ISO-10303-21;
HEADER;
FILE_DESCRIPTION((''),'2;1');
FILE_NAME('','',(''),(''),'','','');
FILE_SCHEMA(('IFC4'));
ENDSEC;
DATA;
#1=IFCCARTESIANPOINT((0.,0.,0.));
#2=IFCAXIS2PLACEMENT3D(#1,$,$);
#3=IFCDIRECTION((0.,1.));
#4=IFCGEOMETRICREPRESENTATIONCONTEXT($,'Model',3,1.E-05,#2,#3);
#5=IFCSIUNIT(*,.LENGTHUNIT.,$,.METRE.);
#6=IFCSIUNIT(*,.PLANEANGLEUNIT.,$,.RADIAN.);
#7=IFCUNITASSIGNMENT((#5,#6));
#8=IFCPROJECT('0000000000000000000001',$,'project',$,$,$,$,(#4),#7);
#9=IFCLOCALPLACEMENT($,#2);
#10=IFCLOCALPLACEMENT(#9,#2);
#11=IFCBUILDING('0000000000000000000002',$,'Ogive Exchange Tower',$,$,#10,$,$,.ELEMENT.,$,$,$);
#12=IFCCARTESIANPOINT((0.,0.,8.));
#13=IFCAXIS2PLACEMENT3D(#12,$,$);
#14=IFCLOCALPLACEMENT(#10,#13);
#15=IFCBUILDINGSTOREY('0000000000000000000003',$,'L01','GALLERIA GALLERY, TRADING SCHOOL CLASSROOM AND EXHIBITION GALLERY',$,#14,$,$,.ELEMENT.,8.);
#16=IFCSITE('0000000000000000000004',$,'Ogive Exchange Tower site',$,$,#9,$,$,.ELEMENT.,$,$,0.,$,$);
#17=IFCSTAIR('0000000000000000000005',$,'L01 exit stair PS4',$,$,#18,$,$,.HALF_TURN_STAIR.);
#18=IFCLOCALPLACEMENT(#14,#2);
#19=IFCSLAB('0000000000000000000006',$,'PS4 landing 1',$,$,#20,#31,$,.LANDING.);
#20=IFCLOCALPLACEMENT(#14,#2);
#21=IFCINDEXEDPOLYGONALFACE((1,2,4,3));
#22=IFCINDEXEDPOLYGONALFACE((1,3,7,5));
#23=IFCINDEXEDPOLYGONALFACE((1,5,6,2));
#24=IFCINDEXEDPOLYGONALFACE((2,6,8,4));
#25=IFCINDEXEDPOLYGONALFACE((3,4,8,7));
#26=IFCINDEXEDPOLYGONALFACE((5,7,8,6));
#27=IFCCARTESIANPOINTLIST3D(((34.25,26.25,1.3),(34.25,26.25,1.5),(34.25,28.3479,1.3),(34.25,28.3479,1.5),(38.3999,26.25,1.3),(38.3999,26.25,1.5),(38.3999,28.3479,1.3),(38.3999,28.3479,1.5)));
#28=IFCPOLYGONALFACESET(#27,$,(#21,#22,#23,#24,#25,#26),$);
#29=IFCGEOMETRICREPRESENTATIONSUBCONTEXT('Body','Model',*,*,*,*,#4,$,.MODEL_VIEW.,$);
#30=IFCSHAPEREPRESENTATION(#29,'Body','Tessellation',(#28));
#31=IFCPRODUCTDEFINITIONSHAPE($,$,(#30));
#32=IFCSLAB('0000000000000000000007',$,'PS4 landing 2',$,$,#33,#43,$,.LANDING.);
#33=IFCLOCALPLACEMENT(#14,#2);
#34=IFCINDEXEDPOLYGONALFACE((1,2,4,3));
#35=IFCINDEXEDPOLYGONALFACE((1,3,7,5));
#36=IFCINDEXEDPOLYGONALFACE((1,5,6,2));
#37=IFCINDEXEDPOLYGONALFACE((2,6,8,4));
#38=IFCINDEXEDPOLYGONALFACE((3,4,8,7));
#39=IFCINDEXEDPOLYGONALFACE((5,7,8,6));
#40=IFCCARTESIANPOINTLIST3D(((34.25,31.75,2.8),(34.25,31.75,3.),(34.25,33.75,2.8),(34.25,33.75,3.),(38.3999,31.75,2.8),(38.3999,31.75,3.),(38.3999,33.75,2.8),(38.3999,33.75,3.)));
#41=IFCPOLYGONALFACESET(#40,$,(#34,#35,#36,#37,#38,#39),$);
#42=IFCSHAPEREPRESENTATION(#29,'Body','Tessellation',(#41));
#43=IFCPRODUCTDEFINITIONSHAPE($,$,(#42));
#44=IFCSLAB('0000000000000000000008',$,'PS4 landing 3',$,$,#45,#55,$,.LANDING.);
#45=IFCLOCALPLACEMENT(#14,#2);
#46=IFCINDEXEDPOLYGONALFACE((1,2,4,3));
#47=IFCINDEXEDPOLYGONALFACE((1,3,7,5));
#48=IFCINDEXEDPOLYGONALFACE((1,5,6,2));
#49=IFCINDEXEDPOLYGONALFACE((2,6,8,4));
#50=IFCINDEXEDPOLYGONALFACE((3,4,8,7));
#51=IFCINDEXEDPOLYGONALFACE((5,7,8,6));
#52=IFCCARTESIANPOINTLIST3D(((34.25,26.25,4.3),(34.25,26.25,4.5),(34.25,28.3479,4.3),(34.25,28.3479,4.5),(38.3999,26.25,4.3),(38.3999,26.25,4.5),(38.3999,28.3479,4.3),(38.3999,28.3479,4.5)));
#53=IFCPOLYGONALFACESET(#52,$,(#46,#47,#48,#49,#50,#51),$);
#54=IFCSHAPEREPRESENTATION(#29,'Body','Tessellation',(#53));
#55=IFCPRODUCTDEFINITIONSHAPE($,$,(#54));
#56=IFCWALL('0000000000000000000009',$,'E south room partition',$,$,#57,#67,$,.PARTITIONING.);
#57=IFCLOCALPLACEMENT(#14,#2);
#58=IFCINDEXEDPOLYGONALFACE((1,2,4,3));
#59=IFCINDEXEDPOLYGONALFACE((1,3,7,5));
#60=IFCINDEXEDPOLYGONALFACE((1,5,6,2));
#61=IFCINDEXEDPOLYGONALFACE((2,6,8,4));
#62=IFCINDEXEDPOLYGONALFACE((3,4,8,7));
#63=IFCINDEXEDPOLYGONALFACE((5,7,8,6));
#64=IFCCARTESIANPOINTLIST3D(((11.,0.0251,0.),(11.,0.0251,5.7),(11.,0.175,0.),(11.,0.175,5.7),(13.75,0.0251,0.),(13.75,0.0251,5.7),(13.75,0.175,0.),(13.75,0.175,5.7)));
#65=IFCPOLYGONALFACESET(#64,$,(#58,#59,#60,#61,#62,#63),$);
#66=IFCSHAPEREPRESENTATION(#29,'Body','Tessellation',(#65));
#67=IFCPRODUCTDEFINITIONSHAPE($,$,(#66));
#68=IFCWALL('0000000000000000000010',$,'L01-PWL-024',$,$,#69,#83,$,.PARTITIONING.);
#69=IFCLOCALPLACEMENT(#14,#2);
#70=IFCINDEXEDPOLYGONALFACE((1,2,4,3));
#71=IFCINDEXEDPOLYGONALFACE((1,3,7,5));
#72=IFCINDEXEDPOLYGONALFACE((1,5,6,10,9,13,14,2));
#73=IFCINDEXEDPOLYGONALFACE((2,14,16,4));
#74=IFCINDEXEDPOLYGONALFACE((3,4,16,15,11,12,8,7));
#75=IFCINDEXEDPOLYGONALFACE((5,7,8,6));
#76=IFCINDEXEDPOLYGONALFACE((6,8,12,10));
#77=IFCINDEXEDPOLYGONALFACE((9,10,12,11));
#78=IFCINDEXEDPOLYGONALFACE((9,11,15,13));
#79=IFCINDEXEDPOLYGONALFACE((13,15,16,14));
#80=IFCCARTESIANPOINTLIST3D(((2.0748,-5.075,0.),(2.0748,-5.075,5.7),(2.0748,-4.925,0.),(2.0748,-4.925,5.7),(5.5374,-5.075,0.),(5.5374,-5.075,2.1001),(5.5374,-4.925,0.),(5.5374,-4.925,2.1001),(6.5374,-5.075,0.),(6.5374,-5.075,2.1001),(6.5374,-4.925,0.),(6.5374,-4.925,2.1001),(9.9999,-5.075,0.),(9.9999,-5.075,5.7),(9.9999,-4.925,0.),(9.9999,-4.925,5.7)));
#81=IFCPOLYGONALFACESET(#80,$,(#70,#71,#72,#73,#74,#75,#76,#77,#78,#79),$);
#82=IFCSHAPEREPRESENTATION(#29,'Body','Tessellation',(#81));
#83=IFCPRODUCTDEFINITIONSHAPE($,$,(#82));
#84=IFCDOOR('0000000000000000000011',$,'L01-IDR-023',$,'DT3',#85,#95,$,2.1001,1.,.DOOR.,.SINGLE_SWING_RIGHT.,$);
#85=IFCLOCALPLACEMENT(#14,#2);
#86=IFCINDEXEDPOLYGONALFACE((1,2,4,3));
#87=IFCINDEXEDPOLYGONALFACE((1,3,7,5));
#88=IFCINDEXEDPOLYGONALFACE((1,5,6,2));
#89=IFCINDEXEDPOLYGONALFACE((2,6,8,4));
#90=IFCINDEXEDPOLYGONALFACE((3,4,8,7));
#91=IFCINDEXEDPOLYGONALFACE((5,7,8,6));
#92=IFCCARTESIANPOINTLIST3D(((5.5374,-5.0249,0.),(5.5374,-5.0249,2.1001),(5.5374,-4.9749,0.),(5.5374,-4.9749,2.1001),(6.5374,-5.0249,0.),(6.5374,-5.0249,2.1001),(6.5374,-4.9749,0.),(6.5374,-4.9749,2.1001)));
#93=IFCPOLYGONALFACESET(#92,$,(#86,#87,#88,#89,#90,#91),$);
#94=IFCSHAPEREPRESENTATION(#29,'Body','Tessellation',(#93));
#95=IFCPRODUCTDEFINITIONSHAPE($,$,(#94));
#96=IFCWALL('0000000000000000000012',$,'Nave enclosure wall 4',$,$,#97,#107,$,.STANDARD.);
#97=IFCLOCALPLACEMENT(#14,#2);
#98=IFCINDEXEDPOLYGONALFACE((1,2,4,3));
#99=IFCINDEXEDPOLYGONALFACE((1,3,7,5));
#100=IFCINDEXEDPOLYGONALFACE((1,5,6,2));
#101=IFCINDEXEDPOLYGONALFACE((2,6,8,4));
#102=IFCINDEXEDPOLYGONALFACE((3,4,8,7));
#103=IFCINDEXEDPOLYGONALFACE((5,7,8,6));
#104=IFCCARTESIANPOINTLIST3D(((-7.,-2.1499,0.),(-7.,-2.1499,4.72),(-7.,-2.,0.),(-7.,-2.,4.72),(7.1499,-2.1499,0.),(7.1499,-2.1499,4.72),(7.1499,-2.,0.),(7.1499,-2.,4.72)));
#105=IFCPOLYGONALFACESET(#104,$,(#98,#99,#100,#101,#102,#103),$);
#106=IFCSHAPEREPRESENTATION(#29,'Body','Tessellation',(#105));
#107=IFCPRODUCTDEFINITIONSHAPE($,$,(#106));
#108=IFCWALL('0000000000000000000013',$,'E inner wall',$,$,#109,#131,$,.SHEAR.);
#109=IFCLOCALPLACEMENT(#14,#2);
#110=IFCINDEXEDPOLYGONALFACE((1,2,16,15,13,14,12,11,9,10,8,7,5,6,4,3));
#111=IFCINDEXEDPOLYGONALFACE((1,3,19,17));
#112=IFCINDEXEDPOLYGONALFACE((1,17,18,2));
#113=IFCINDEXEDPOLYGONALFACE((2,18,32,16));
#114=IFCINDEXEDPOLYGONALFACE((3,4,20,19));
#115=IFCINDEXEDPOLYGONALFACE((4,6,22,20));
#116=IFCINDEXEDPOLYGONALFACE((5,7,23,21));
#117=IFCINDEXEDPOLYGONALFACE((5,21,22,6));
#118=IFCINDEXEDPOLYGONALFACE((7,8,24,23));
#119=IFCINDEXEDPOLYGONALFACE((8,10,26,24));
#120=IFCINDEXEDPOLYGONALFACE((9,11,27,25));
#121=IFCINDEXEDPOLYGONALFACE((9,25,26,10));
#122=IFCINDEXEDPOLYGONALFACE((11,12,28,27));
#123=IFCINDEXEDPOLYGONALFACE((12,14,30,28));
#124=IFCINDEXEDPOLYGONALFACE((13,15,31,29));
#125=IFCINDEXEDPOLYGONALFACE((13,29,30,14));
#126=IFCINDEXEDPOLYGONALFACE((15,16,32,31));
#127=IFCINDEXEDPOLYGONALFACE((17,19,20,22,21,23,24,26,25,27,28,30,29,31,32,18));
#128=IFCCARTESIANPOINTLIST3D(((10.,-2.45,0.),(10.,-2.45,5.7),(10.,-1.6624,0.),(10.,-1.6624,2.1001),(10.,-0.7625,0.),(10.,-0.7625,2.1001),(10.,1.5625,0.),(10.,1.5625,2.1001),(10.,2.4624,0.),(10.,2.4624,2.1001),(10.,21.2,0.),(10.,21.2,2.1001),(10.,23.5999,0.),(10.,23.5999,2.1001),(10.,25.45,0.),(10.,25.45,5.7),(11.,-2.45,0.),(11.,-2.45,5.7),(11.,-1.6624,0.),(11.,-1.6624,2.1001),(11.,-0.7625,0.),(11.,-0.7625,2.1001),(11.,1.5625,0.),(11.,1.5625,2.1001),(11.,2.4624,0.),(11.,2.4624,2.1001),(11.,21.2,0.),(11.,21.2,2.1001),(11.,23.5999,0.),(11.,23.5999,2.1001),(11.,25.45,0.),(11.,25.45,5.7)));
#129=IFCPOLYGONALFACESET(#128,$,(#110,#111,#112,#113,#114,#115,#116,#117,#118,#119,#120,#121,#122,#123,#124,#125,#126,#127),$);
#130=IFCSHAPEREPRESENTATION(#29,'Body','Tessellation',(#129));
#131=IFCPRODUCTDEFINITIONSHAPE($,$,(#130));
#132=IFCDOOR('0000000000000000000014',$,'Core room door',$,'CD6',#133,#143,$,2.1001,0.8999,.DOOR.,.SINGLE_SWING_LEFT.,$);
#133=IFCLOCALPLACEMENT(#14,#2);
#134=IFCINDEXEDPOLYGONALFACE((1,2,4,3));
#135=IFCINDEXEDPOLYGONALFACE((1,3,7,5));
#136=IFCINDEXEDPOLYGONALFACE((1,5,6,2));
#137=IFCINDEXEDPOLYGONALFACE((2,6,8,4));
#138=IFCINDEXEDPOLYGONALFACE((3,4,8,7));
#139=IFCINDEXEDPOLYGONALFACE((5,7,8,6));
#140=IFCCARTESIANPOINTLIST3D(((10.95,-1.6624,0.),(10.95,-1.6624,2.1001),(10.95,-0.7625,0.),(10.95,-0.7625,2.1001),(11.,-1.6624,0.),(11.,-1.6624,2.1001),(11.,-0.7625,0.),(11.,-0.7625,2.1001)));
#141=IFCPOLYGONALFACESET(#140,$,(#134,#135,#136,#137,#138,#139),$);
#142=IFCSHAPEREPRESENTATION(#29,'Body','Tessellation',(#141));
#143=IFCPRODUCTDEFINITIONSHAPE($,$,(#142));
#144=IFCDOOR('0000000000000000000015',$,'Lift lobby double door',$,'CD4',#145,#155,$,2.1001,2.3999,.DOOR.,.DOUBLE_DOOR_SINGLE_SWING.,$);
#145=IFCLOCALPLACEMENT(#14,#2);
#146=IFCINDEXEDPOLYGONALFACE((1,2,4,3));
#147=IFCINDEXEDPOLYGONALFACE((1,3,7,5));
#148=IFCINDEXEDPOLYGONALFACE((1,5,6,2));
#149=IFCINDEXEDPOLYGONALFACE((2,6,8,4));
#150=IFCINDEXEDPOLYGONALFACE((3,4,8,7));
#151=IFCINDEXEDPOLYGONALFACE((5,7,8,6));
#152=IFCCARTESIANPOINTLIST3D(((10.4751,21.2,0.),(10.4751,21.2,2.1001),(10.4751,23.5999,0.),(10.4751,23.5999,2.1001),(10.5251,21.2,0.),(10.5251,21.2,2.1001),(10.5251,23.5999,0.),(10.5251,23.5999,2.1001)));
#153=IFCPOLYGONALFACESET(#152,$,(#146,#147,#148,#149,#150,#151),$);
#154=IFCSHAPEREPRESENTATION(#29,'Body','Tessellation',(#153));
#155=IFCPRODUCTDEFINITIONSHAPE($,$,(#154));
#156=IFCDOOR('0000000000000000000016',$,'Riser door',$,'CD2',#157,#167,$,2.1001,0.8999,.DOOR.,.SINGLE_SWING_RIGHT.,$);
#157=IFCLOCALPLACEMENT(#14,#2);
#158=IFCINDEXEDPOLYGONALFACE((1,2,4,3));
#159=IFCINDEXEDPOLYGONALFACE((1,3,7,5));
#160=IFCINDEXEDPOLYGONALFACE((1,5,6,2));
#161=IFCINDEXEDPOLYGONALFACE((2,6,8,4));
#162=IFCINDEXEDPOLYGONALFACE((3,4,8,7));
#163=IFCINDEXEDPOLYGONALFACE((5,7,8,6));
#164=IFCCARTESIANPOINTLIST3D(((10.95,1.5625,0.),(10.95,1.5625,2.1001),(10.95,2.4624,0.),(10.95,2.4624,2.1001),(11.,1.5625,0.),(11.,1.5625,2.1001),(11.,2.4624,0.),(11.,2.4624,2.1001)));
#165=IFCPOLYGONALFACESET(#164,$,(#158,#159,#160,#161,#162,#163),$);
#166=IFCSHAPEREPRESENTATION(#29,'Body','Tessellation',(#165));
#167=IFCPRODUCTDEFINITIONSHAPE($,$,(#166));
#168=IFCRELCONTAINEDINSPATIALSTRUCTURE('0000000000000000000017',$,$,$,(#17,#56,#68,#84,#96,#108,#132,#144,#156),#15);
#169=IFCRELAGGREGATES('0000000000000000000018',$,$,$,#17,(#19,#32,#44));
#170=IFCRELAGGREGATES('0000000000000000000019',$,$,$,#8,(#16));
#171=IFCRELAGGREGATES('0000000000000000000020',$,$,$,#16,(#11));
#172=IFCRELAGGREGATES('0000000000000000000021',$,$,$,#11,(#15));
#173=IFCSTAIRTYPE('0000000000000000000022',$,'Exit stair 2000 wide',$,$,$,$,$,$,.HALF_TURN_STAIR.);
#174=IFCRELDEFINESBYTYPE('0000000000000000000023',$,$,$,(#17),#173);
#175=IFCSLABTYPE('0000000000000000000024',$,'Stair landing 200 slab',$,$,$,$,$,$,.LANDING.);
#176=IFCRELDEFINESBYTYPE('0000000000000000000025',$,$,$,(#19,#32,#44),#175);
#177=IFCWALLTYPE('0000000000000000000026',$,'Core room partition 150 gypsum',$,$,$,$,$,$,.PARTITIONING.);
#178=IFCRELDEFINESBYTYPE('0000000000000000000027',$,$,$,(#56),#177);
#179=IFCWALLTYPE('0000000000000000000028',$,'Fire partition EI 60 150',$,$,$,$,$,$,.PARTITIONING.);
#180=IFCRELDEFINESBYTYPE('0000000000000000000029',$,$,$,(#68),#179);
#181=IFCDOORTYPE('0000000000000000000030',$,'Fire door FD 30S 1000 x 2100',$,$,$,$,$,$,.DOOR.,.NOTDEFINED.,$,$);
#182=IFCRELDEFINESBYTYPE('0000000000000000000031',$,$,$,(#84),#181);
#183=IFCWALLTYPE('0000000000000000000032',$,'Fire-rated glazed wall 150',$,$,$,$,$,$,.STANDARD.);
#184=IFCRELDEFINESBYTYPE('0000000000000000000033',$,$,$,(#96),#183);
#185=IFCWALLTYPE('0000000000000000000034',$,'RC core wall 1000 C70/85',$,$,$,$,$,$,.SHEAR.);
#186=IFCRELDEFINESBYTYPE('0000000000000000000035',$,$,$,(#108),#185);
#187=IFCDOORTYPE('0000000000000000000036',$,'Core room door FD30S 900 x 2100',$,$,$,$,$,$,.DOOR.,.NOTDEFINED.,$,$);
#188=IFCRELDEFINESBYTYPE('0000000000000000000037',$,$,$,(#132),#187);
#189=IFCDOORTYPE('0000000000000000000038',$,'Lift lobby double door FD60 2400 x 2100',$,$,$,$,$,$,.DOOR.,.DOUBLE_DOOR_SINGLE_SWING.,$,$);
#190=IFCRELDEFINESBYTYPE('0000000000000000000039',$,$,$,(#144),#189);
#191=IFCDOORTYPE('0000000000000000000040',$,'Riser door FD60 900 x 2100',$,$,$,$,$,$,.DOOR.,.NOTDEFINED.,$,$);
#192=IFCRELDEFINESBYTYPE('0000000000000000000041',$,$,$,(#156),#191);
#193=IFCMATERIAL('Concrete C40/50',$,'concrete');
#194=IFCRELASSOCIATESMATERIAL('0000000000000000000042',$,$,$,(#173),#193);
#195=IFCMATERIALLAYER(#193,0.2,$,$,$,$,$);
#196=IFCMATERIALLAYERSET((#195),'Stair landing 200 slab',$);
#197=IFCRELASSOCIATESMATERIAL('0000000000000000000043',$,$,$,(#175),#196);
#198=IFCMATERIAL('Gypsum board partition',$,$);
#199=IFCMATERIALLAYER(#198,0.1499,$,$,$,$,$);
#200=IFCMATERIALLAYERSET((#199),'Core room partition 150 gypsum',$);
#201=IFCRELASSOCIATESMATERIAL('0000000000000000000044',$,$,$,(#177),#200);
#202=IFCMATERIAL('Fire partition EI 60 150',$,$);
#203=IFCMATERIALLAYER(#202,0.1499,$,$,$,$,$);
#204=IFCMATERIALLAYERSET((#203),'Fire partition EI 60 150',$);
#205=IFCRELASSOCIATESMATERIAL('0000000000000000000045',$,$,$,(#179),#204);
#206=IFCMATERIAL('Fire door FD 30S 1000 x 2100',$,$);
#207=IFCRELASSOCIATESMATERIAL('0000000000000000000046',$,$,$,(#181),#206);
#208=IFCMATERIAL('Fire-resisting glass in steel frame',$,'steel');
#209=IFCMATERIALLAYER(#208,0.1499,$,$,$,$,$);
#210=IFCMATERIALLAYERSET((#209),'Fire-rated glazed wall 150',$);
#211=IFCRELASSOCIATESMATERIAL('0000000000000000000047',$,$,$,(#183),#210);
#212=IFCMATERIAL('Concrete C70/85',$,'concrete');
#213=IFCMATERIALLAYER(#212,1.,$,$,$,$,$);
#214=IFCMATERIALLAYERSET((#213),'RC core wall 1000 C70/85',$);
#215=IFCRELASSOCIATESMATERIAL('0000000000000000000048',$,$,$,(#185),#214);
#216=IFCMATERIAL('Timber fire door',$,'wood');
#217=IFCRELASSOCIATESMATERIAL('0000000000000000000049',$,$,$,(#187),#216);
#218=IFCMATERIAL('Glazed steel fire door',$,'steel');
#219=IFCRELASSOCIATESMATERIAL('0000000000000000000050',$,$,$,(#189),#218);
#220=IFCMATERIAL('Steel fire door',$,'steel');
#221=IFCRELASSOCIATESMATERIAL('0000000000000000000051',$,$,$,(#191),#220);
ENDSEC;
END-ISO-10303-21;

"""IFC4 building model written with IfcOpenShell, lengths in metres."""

from ifc_helpers import new_model, si_unit, direction, frame, frame_2d, origin, place, context, subcontext, project, spatial, polyline, rectangle, outline, extrude, material, layer, layer_set, type_object, element, fill, aggregate, save


model = new_model("IFC4")

# Units and contexts
model_context = context("Model", 3, precision=1e-05, world=origin(), true_north=direction((0.0, 1.0)))
body_context = subcontext(model_context, "Body", "Model", "MODEL_VIEW")
ifc_project = project(units=[si_unit("LENGTHUNIT", "METRE"), si_unit("PLANEANGLEUNIT", "RADIAN")], contexts=[model_context])

# Site, building, storey
site_placement = place(None, origin())
site = spatial("IfcSite", under=ifc_project, at=site_placement, Name="Ogive Exchange Tower site", CompositionType="ELEMENT", RefElevation=0.0)
building_placement = place(site_placement, origin())
building = spatial("IfcBuilding", under=site, at=building_placement, Name="Ogive Exchange Tower", CompositionType="ELEMENT")
storey_placement = place(building_placement, frame((0.0, 0.0, 8.0)))
storey = spatial("IfcBuildingStorey", under=building, at=storey_placement, Name="L01", Description="GALLERIA GALLERY, TRADING SCHOOL CLASSROOM AND EXHIBITION GALLERY", CompositionType="ELEMENT", Elevation=8.0)

# Stair, slabs
ifc_material_1 = material(Name="Concrete C40/50", Category="concrete")
stair_type = type_object("IfcStairType", Name="Exit stair 2000 wide", PredefinedType="HALF_TURN_STAIR", material=ifc_material_1)
stair_placement = place(storey_placement, origin())
stair = element("IfcStair", 1, at=stair_placement, inside=storey, type_object=stair_type, Name="L01 exit stair PS4", PredefinedType="HALF_TURN_STAIR")
ifc_layer_1 = layer(ifc_material_1, 0.2)
ifc_layer_set_1 = layer_set([ifc_layer_1], Name="Stair landing 200 slab")
slab_type = type_object("IfcSlabType", Name="Stair landing 200 slab", PredefinedType="LANDING", material=ifc_layer_set_1)
slab_1_placement = place(storey_placement, frame((0.0, 0.0, 1.3)))
slab_1 = element("IfcSlab", 2, at=slab_1_placement, type_object=slab_type, Name="PS4 landing 1", PredefinedType="LANDING", context=body_context, shape_type="SweptSolid", body=[
    extrude(outline(polyline([(34.25, 28.3479), (34.25, 26.25), (38.3999, 26.25), (38.3999, 28.3479), (34.25, 28.3479)])), origin(), (0.0, 0.0, 1.0), 0.2),
])
slab_2_placement = place(storey_placement, frame((0.0, 0.0, 2.8)))
slab_2 = element("IfcSlab", 3, at=slab_2_placement, type_object=slab_type, Name="PS4 landing 2", PredefinedType="LANDING", context=body_context, shape_type="SweptSolid", body=[
    extrude(outline(polyline([(34.25, 33.75), (34.25, 31.75), (38.3999, 31.75), (38.3999, 33.75), (34.25, 33.75)])), origin(), (0.0, 0.0, 1.0), 0.2),
])
slab_3_placement = place(storey_placement, frame((0.0, 0.0, 4.3)))
slab_3 = element("IfcSlab", 4, at=slab_3_placement, type_object=slab_type, Name="PS4 landing 3", PredefinedType="LANDING", context=body_context, shape_type="SweptSolid", body=[
    extrude(outline(polyline([(34.25, 28.3479), (34.25, 26.25), (38.3999, 26.25), (38.3999, 28.3479), (34.25, 28.3479)])), origin(), (0.0, 0.0, 1.0), 0.2),
])
aggregate(stair, [slab_1, slab_2, slab_3])

# Wall
ifc_material_2 = material(Name="Gypsum board partition")
ifc_layer_2 = layer(ifc_material_2, 0.1499)
ifc_layer_set_2 = layer_set([ifc_layer_2], Name="Core room partition 150 gypsum")
wall_type_1 = type_object("IfcWallType", Name="Core room partition 150 gypsum", PredefinedType="PARTITIONING", material=ifc_layer_set_2)
wall_1_placement = place(storey_placement, frame((11.0, 0.1001, 0.0), z_axis=(0.0, 0.0, 1.0), x_axis=(1.0, 0.0, 0.0)))
element("IfcWall", 5, at=wall_1_placement, inside=storey, type_object=wall_type_1, Name="E south room partition", PredefinedType="PARTITIONING", context=body_context, shape_type="SweptSolid", body=[
    extrude(rectangle(XDim=2.75, YDim=0.1499, at=frame_2d((1.375, 0.0))), origin(), (0.0, 0.0, 1.0), 5.7),
])

# Wall, opening, door
ifc_material_3 = material(Name="Fire partition EI 60 150")
ifc_layer_3 = layer(ifc_material_3, 0.1499)
ifc_layer_set_3 = layer_set([ifc_layer_3], Name="Fire partition EI 60 150")
wall_type_2 = type_object("IfcWallType", Name="Fire partition EI 60 150", PredefinedType="PARTITIONING", material=ifc_layer_set_3)
wall_2_placement = place(storey_placement, frame((2.075, -5.0, 0.0), z_axis=(0.0, 0.0, 1.0), x_axis=(1.0, 0.0, 0.0)))
wall_2 = element("IfcWall", 6, at=wall_2_placement, inside=storey, type_object=wall_type_2, Name="L01-PWL-024", PredefinedType="PARTITIONING", context=body_context, shape_type="SweptSolid", body=[
    extrude(rectangle(XDim=7.925, YDim=0.1499, at=frame_2d((3.9624, 0.0))), origin(), (0.0, 0.0, 1.0), 5.7),
])
opening_1_placement = place(wall_2_placement, frame((3.4624, 0.0, 0.0)))
opening_1 = element("IfcOpeningElement", 7, at=opening_1_placement, cuts=wall_2, PredefinedType="OPENING", context=body_context, shape_type="SweptSolid", body=[
    extrude(rectangle(XDim=1.0, YDim=2.1001, at=frame_2d((0.5, 1.05))), frame((0.0, 0.085, 0.0), z_axis=(0.0, -1.0, 0.0), x_axis=(1.0, 0.0, 0.0)), (0.0, 0.0, 1.0), 0.1699),
])
ifc_material_4 = material(Name="Fire door FD 30S 1000 x 2100")
door_type_1 = type_object("IfcDoorType", Name="Fire door FD 30S 1000 x 2100", OperationType="NOTDEFINED", PredefinedType="DOOR", material=ifc_material_4)
door_1_placement = place(opening_1_placement, frame((1.0, 0.0, 0.0), z_axis=(0.0, 0.0, 1.0), x_axis=(-1.0, 0.0, 0.0)))
door_1 = element("IfcDoor", 8, at=door_1_placement, inside=storey, type_object=door_type_1, Name="L01-IDR-023", ObjectType="DT3", OperationType="SINGLE_SWING_RIGHT", OverallHeight=2.1001, OverallWidth=1.0, PredefinedType="DOOR", context=body_context, shape_type="SweptSolid", body=[
    extrude(rectangle(XDim=1.0, YDim=2.1001, at=frame_2d((0.5, 1.05))), frame((0.0, 0.0249, 0.0), z_axis=(0.0, -1.0, 0.0), x_axis=(1.0, 0.0, 0.0)), (0.0, 0.0, 1.0), 0.05),
])
fill(opening_1, door_1)

# Wall
ifc_material_5 = material(Name="Fire-resisting glass in steel frame", Category="steel")
ifc_layer_4 = layer(ifc_material_5, 0.1499)
ifc_layer_set_4 = layer_set([ifc_layer_4], Name="Fire-rated glazed wall 150")
wall_type_3 = type_object("IfcWallType", Name="Fire-rated glazed wall 150", PredefinedType="STANDARD", material=ifc_layer_set_4)
wall_3_placement = place(storey_placement, frame((7.1499, -2.075, 0.0), z_axis=(0.0, 0.0, 1.0), x_axis=(-1.0, 0.0, 0.0)))
element("IfcWall", 9, at=wall_3_placement, inside=storey, type_object=wall_type_3, Name="Nave enclosure wall 4", PredefinedType="STANDARD", context=body_context, shape_type="SweptSolid", body=[
    extrude(rectangle(XDim=14.1499, YDim=0.1499, at=frame_2d((7.075, 0.0))), origin(), (0.0, 0.0, 1.0), 4.72),
])

# Wall, openings, doors
ifc_material_6 = material(Name="Concrete C70/85", Category="concrete")
ifc_layer_5 = layer(ifc_material_6, 1.0)
ifc_layer_set_5 = layer_set([ifc_layer_5], Name="RC core wall 1000 C70/85")
wall_type_4 = type_object("IfcWallType", Name="RC core wall 1000 C70/85", PredefinedType="SHEAR", material=ifc_layer_set_5)
wall_4_placement = place(storey_placement, frame((10.5, -2.45, 0.0), z_axis=(0.0, 0.0, 1.0), x_axis=(0.0, 1.0, 0.0)))
wall_4 = element("IfcWall", 10, at=wall_4_placement, inside=storey, type_object=wall_type_4, Name="E inner wall", PredefinedType="SHEAR", context=body_context, shape_type="SweptSolid", body=[
    extrude(rectangle(XDim=27.8999, YDim=1.0, at=frame_2d((13.95, 0.0))), origin(), (0.0, 0.0, 1.0), 5.7),
])
opening_2_placement = place(wall_4_placement, frame((23.6499, 0.0, 0.0)))
opening_2 = element("IfcOpeningElement", 11, at=opening_2_placement, cuts=wall_4, PredefinedType="OPENING", context=body_context, shape_type="SweptSolid", body=[
    extrude(rectangle(XDim=2.3999, YDim=2.1001, at=frame_2d((1.2, 1.05))), frame((0.0, 0.51, 0.0), z_axis=(0.0, -1.0, 0.0), x_axis=(1.0, 0.0, 0.0)), (0.0, 0.0, 1.0), 1.02),
])
opening_3_placement = place(wall_4_placement, frame((0.7876, 0.0, 0.0)))
opening_3 = element("IfcOpeningElement", 12, at=opening_3_placement, cuts=wall_4, PredefinedType="OPENING", context=body_context, shape_type="SweptSolid", body=[
    extrude(rectangle(XDim=0.8999, YDim=2.1001, at=frame_2d((0.45, 1.05))), frame((0.0, 0.51, 0.0), z_axis=(0.0, -1.0, 0.0), x_axis=(1.0, 0.0, 0.0)), (0.0, 0.0, 1.0), 1.02),
])
opening_4_placement = place(wall_4_placement, frame((4.0125, 0.0, 0.0)))
opening_4 = element("IfcOpeningElement", 13, at=opening_4_placement, cuts=wall_4, PredefinedType="OPENING", context=body_context, shape_type="SweptSolid", body=[
    extrude(rectangle(XDim=0.8999, YDim=2.1001, at=frame_2d((0.45, 1.05))), frame((0.0, 0.51, 0.0), z_axis=(0.0, -1.0, 0.0), x_axis=(1.0, 0.0, 0.0)), (0.0, 0.0, 1.0), 1.02),
])
ifc_material_7 = material(Name="Timber fire door", Category="wood")
door_type_2 = type_object("IfcDoorType", Name="Core room door FD30S 900 x 2100", OperationType="NOTDEFINED", PredefinedType="DOOR", material=ifc_material_7)
door_2_placement = place(opening_3_placement, frame((0.8999, -0.9502, 0.0), z_axis=(0.0, 0.0, 1.0), x_axis=(-1.0, 0.0, 0.0)))
door_2 = element("IfcDoor", 14, at=door_2_placement, inside=storey, type_object=door_type_2, Name="Core room door", ObjectType="CD6", OperationType="SINGLE_SWING_LEFT", OverallHeight=2.1001, OverallWidth=0.8999, PredefinedType="DOOR", context=body_context, shape_type="SweptSolid", body=[
    extrude(rectangle(XDim=0.8999, YDim=2.1001, at=frame_2d((0.45, 1.05))), frame((0.0, -0.4502, 0.0), z_axis=(0.0, -1.0, 0.0), x_axis=(1.0, 0.0, 0.0)), (0.0, 0.0, 1.0), 0.05),
])
fill(opening_3, door_2)
ifc_material_8 = material(Name="Glazed steel fire door", Category="steel")
door_type_3 = type_object("IfcDoorType", Name="Lift lobby double door FD60 2400 x 2100", OperationType="DOUBLE_DOOR_SINGLE_SWING", PredefinedType="DOOR", material=ifc_material_8)
door_3_placement = place(opening_2_placement, origin())
door_3 = element("IfcDoor", 15, at=door_3_placement, inside=storey, type_object=door_type_3, Name="Lift lobby double door", ObjectType="CD4", OperationType="DOUBLE_DOOR_SINGLE_SWING", OverallHeight=2.1001, OverallWidth=2.3999, PredefinedType="DOOR", context=body_context, shape_type="SweptSolid", body=[
    extrude(rectangle(XDim=2.3999, YDim=2.1001, at=frame_2d((1.2, 1.05))), frame((0.0, 0.0249, 0.0), z_axis=(0.0, -1.0, 0.0), x_axis=(1.0, 0.0, 0.0)), (0.0, 0.0, 1.0), 0.05),
])
fill(opening_2, door_3)
ifc_material_9 = material(Name="Steel fire door", Category="steel")
door_type_4 = type_object("IfcDoorType", Name="Riser door FD60 900 x 2100", OperationType="NOTDEFINED", PredefinedType="DOOR", material=ifc_material_9)
door_4_placement = place(opening_4_placement, frame((0.8999, -0.9502, 0.0), z_axis=(0.0, 0.0, 1.0), x_axis=(-1.0, 0.0, 0.0)))
door_4 = element("IfcDoor", 16, at=door_4_placement, inside=storey, type_object=door_type_4, Name="Riser door", ObjectType="CD2", OperationType="SINGLE_SWING_RIGHT", OverallHeight=2.1001, OverallWidth=0.8999, PredefinedType="DOOR", context=body_context, shape_type="SweptSolid", body=[
    extrude(rectangle(XDim=0.8999, YDim=2.1001, at=frame_2d((0.45, 1.05))), frame((0.0, -0.4502, 0.0), z_axis=(0.0, -1.0, 0.0), x_axis=(1.0, 0.0, 0.0)), (0.0, 0.0, 1.0), 0.05),
])
fill(opening_4, door_4)

save(model, "model.ifc")
